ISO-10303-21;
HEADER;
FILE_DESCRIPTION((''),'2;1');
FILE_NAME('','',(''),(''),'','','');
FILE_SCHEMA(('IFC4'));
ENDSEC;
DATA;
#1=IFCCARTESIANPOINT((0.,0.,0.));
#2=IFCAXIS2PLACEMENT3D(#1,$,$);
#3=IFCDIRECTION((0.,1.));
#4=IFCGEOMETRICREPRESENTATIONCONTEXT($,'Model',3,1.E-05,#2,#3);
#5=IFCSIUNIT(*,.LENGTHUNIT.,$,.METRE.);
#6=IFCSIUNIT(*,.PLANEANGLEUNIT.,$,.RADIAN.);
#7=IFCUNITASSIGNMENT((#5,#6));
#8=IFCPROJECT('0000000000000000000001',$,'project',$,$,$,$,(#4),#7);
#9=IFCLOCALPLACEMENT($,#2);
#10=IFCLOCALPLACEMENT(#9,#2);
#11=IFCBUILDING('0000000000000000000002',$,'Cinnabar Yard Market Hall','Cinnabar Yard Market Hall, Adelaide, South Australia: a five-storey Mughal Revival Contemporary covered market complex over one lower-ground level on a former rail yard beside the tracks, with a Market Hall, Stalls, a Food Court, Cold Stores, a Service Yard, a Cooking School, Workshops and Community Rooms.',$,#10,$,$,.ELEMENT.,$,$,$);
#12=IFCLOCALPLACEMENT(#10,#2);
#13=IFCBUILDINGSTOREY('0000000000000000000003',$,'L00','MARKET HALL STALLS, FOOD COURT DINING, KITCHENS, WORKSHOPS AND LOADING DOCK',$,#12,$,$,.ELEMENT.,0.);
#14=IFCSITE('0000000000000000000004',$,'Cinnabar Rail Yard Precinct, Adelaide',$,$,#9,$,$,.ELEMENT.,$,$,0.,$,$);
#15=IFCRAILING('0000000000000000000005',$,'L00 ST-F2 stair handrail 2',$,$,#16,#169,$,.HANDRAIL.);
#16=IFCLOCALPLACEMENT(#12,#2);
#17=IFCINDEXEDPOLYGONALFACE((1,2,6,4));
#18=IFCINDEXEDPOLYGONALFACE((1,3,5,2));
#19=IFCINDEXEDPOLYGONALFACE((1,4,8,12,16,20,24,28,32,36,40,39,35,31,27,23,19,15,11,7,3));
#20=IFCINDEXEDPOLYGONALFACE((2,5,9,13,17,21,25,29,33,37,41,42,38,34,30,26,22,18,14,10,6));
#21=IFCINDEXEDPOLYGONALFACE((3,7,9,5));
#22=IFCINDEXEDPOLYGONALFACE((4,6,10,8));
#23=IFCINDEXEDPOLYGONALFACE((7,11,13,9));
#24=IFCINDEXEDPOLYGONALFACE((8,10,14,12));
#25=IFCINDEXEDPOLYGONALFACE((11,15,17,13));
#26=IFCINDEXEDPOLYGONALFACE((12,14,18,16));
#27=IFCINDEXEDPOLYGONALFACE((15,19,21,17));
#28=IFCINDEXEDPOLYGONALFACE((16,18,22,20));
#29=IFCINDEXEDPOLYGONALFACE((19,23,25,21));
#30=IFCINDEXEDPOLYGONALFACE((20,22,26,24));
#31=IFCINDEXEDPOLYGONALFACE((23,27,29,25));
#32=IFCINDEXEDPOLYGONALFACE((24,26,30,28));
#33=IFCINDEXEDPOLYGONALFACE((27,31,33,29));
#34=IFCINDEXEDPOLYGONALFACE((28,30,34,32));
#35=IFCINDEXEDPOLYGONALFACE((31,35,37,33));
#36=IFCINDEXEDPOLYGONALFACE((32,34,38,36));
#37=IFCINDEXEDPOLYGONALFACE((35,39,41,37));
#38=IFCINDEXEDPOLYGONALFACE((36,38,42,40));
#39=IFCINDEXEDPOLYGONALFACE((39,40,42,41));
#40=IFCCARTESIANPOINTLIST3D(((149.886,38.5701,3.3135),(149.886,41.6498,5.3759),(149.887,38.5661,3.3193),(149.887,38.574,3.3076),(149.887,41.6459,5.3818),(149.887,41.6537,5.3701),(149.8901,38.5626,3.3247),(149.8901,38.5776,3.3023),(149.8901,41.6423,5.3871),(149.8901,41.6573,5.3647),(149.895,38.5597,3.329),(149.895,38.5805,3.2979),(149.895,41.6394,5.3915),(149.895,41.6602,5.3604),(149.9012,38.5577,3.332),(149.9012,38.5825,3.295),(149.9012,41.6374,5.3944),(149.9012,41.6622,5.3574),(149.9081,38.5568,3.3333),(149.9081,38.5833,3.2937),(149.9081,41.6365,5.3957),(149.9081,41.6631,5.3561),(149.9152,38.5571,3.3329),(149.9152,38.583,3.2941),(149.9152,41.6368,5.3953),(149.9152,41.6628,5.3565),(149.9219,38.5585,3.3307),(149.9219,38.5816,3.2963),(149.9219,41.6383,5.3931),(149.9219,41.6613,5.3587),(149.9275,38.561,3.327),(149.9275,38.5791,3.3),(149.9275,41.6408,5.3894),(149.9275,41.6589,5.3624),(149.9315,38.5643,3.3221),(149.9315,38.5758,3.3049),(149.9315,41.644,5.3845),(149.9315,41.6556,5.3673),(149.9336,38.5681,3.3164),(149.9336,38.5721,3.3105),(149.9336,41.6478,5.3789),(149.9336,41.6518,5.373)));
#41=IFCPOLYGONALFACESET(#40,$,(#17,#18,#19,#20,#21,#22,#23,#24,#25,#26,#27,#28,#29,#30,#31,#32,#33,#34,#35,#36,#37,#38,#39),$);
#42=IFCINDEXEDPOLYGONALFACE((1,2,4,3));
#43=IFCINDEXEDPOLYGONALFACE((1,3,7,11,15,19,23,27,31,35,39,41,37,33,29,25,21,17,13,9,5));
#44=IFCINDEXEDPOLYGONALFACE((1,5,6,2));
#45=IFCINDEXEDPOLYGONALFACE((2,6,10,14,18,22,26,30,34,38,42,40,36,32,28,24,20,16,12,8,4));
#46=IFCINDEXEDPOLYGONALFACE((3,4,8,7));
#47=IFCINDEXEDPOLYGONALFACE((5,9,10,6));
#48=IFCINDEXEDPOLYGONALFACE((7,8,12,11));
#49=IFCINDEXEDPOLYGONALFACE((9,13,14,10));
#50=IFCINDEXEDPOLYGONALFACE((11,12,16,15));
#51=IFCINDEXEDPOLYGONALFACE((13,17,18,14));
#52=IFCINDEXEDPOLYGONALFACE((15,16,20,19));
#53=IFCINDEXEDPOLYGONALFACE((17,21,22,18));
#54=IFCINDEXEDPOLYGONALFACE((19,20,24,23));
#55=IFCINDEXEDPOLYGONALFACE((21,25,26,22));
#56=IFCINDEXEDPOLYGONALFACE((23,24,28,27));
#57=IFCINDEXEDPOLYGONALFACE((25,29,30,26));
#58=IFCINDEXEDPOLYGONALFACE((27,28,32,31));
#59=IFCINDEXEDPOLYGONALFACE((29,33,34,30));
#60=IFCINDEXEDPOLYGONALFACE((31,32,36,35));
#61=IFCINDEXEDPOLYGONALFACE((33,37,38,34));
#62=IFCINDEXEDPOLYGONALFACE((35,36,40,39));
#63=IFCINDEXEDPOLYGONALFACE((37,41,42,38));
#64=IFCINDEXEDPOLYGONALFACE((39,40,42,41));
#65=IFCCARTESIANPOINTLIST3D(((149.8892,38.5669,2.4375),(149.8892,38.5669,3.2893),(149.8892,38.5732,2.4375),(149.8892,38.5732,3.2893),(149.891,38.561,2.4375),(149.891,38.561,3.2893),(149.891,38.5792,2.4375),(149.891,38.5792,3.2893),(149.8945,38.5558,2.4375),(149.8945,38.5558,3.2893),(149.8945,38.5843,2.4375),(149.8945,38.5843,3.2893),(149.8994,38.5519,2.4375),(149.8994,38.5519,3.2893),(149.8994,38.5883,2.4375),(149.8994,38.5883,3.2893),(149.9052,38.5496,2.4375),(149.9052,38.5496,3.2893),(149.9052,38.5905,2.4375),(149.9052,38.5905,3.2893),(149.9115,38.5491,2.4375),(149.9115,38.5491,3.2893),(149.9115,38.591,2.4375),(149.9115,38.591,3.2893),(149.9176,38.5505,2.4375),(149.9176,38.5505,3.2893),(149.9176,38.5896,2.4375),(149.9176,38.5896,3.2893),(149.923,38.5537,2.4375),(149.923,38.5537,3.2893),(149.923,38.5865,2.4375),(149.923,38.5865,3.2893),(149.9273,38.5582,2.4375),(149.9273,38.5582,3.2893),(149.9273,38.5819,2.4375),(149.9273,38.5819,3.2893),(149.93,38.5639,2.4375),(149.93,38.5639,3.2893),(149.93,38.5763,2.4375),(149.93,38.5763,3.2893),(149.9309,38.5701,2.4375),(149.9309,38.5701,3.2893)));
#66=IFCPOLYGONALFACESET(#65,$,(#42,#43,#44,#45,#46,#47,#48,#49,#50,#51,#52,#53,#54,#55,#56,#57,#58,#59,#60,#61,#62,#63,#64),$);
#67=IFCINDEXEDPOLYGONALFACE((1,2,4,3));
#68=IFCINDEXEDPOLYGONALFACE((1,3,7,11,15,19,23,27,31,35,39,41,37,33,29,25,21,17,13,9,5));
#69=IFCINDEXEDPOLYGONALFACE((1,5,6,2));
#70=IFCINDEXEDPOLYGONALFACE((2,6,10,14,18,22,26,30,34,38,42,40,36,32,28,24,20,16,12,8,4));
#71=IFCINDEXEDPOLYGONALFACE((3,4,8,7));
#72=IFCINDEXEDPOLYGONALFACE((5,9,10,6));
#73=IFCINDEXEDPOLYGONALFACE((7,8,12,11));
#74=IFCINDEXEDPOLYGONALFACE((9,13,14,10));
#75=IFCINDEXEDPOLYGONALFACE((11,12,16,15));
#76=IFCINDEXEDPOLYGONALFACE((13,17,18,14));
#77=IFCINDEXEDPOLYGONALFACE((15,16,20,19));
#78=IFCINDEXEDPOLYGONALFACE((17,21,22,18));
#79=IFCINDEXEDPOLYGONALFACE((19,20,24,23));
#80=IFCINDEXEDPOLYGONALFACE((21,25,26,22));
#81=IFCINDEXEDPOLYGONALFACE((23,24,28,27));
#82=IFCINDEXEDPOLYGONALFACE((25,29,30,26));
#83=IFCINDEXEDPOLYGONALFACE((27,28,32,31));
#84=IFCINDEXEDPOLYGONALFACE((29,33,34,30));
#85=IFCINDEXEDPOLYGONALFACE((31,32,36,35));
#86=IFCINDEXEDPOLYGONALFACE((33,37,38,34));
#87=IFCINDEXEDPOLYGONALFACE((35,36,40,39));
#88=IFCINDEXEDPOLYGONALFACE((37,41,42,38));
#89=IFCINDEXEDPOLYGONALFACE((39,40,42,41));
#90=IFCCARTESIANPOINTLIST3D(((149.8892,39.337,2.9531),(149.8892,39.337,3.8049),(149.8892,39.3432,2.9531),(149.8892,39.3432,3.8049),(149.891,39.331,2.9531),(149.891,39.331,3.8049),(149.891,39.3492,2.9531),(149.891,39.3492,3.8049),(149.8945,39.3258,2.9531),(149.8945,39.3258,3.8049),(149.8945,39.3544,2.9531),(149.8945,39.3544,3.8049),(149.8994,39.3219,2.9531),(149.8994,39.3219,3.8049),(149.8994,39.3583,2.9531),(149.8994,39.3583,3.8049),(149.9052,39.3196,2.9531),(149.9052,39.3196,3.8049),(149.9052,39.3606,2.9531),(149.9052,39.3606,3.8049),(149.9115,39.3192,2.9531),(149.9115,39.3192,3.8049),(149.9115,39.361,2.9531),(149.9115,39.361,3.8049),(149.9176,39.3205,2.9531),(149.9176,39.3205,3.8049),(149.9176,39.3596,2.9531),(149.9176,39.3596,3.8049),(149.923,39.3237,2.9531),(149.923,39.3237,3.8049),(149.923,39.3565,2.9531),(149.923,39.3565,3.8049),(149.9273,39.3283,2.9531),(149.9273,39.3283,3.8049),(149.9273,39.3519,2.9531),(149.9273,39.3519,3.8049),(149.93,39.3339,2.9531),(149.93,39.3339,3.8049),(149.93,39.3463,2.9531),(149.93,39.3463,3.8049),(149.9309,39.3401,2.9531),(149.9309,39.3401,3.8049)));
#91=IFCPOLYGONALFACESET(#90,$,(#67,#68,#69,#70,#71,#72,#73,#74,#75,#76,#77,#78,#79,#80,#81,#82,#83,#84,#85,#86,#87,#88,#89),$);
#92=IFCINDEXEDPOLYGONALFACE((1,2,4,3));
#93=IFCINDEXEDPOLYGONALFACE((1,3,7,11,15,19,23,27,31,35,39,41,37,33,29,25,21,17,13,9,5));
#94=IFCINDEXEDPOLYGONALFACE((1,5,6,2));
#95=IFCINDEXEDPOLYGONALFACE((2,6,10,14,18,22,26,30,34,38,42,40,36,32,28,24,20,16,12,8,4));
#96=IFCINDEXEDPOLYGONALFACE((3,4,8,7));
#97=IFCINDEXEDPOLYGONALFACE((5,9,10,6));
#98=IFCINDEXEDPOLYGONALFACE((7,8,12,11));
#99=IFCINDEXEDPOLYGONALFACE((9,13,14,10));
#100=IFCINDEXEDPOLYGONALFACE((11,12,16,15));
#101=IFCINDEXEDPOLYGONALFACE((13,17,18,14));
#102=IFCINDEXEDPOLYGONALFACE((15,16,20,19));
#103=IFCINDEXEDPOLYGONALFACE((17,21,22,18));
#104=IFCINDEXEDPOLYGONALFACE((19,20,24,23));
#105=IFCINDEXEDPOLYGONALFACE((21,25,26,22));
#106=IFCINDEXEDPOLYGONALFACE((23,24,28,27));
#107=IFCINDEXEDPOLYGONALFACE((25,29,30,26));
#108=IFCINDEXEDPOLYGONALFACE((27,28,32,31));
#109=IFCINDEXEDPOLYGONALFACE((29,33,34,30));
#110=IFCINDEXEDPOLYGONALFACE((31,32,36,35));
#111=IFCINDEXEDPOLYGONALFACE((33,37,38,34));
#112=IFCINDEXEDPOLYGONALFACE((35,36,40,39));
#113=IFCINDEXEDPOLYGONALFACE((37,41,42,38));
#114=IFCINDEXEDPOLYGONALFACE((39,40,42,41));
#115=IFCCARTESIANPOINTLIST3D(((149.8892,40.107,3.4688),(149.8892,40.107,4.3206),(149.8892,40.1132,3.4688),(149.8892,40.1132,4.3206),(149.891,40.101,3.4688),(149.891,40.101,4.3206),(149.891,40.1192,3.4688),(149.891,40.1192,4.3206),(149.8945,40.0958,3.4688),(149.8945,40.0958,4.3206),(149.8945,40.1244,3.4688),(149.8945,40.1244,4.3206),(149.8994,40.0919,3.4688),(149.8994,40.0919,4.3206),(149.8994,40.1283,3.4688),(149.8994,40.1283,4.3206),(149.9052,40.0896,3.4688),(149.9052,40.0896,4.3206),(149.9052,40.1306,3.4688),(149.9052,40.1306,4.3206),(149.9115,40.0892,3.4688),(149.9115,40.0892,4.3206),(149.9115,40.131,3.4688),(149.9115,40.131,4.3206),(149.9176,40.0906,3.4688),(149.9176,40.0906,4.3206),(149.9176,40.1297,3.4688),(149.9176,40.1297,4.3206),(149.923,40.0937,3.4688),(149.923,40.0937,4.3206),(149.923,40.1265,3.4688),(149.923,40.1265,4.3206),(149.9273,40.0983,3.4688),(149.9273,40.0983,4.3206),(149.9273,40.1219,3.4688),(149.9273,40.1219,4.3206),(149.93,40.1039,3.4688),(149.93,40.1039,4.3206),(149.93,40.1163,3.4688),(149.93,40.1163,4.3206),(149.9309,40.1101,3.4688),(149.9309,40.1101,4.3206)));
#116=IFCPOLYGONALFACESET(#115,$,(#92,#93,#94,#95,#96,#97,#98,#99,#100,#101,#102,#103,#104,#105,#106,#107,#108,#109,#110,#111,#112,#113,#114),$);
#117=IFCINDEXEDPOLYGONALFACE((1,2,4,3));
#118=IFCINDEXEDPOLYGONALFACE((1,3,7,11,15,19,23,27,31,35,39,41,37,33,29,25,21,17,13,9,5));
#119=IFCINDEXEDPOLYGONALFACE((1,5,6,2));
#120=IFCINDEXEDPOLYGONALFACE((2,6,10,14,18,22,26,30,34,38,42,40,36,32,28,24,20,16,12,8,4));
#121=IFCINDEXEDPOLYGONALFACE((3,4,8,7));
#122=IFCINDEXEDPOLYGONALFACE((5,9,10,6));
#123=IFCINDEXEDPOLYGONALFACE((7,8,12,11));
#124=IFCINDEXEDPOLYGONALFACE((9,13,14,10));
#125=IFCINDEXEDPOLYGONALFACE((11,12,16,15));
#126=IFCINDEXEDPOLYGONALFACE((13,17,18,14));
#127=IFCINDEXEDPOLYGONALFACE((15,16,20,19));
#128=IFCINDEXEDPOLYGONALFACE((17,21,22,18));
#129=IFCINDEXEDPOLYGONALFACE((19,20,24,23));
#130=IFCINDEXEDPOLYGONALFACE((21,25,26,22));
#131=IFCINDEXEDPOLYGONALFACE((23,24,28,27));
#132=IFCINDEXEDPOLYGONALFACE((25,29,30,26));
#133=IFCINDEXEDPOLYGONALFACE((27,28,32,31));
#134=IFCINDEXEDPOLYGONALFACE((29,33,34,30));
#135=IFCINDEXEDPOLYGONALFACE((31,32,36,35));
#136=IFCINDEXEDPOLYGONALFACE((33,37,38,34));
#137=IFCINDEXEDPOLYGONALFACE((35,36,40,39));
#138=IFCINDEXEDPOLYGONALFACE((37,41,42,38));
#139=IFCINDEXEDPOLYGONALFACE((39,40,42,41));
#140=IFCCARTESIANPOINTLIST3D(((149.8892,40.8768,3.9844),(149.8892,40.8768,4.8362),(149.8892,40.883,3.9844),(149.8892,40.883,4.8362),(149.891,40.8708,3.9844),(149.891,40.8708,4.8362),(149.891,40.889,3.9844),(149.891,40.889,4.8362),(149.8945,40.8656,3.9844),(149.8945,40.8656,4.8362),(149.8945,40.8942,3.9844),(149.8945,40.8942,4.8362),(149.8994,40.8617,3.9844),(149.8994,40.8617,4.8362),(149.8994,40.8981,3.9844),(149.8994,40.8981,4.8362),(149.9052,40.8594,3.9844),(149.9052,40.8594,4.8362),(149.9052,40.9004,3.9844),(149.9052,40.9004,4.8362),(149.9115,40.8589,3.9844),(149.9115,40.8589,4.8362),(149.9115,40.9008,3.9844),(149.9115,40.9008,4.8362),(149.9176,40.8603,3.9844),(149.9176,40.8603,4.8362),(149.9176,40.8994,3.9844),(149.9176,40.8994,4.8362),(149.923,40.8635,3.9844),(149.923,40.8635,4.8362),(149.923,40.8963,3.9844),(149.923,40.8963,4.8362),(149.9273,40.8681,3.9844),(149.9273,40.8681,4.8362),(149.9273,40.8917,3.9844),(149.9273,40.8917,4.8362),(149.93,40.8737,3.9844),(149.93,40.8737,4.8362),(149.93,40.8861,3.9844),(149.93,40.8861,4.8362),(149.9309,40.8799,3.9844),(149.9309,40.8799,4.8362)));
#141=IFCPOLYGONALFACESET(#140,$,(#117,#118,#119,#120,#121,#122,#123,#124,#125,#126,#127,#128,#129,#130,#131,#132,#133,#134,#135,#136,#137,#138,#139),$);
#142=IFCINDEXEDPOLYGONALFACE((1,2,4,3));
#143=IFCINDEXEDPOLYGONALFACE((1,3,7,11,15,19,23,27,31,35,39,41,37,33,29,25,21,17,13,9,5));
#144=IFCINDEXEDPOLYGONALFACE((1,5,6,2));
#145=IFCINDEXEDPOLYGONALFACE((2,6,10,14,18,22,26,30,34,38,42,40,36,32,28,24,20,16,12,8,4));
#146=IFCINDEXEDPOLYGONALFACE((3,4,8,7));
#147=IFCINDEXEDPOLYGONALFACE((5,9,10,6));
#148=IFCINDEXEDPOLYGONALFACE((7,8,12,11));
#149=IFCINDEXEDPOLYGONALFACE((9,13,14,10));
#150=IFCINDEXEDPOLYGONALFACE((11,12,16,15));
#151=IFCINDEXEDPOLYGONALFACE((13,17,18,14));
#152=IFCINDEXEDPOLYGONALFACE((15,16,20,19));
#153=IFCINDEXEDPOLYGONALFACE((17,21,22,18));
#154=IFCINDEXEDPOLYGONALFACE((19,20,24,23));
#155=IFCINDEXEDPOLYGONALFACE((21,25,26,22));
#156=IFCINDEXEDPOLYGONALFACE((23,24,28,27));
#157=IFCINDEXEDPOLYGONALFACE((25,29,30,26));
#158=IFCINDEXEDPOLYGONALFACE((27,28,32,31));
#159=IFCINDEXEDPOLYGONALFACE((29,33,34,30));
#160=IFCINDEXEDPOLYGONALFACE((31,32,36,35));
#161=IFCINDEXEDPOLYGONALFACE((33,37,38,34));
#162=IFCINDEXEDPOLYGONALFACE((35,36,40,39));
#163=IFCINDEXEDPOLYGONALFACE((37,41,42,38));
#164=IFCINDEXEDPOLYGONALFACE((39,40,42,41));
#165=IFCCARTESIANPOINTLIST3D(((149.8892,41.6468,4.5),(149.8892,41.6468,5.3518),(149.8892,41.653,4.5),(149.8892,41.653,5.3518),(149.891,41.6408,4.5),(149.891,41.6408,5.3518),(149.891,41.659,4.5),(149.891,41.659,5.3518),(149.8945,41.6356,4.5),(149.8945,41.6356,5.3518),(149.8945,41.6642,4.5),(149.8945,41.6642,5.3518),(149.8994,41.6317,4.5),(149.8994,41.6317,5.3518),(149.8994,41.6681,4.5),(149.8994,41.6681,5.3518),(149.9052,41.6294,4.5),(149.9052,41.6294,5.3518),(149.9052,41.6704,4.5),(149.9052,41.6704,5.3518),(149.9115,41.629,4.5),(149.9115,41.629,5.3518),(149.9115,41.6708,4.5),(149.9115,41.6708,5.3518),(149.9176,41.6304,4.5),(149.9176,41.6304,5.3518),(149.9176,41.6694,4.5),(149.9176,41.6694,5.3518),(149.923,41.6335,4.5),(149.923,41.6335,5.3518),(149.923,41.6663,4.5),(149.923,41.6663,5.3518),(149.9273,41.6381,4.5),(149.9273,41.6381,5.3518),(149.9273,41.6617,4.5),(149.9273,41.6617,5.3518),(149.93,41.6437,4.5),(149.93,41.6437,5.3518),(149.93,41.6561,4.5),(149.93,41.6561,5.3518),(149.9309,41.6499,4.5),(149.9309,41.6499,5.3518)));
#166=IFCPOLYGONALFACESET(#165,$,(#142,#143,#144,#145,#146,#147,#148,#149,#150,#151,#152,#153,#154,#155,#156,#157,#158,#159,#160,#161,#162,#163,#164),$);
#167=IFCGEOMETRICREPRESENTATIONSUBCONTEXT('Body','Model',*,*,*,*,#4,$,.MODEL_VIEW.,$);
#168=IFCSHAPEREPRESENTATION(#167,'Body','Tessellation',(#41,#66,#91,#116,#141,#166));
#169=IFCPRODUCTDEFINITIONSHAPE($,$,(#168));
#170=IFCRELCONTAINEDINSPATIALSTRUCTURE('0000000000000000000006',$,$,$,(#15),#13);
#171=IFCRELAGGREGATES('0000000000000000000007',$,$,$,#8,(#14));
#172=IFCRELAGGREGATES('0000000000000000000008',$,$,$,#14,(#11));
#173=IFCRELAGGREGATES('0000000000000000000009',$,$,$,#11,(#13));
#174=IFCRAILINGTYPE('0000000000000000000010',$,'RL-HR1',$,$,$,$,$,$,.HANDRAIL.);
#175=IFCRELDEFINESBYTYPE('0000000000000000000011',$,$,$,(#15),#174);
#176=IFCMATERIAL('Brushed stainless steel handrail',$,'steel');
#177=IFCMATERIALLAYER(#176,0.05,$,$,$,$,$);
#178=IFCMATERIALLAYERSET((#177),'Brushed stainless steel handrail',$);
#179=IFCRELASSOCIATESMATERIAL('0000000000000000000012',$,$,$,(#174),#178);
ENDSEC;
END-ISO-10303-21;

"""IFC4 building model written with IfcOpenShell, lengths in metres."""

from ifc_helpers import new_model, si_unit, direction, frame, origin, origin_2d_with_axis, place, context, subcontext, project, spatial, circle, extrude, material, layer, layer_set, type_object, element, save


model = new_model("IFC4")

# Units and contexts
model_context = context("Model", 3, precision=1e-05, world=origin(), true_north=direction((0.0, 1.0)))
body_context = subcontext(model_context, "Body", "Model", "MODEL_VIEW")
ifc_project = project(units=[si_unit("LENGTHUNIT", "METRE"), si_unit("PLANEANGLEUNIT", "RADIAN")], contexts=[model_context])

# Site, building, storey
site_placement = place(None, origin())
site = spatial("IfcSite", under=ifc_project, at=site_placement, Name="Cinnabar Rail Yard Precinct, Adelaide", CompositionType="ELEMENT", RefElevation=0.0)
building_placement = place(site_placement, origin())
building = spatial("IfcBuilding", under=site, at=building_placement, Name="Cinnabar Yard Market Hall", Description="Cinnabar Yard Market Hall, Adelaide, South Australia: a five-storey Mughal Revival Contemporary covered market complex over one lower-ground level on a former rail yard beside the tracks, with a Market Hall, Stalls, a Food Court, Cold Stores, a Service Yard, a Cooking School, Workshops and Community Rooms.", CompositionType="ELEMENT")
storey_placement = place(building_placement, origin())
storey = spatial("IfcBuildingStorey", under=building, at=storey_placement, Name="L00", Description="MARKET HALL STALLS, FOOD COURT DINING, KITCHENS, WORKSHOPS AND LOADING DOCK", CompositionType="ELEMENT", Elevation=0.0)

# Railing
ifc_material_1 = material(Name="Brushed stainless steel handrail", Category="steel")
ifc_layer_1 = layer(ifc_material_1, 0.05)
ifc_layer_set_1 = layer_set([ifc_layer_1], Name="Brushed stainless steel handrail")
railing_type_1 = type_object("IfcRailingType", Name="RL-HR1", PredefinedType="HANDRAIL", material=ifc_layer_set_1)
railing_1_placement = place(storey_placement, frame((149.9099, 38.5701, 2.4375)))
element("IfcRailing", 1, at=railing_1_placement, inside=storey, type_object=railing_type_1, Name="L00 ST-F2 stair handrail 2", PredefinedType="HANDRAIL", context=body_context, shape_type="SweptSolid", body=[
    extrude(circle(Radius=0.0239, at=origin_2d_with_axis()), frame((0.0, 0.0, 0.876), z_axis=(0.0, 0.830893, 0.556432), x_axis=(-1.0, 0.0, 0.0)), (0.0, 0.0, 1.0), 3.7065),
    extrude(circle(Radius=0.021, at=origin_2d_with_axis()), origin(), (0.0, 0.0, 1.0), 0.8518),
    extrude(circle(Radius=0.021, at=origin_2d_with_axis()), frame((0.0, 0.77, 0.5156)), (0.0, 0.0, 1.0), 0.8518),
    extrude(circle(Radius=0.021, at=origin_2d_with_axis()), frame((0.0, 1.54, 1.0312)), (0.0, 0.0, 1.0), 0.8518),
    extrude(circle(Radius=0.021, at=origin_2d_with_axis()), frame((0.0, 2.3098, 1.5469)), (0.0, 0.0, 1.0), 0.8518),
    extrude(circle(Radius=0.021, at=origin_2d_with_axis()), frame((0.0, 3.0798, 2.0625)), (0.0, 0.0, 1.0), 0.8518),
])

save(model, "model.ifc")
